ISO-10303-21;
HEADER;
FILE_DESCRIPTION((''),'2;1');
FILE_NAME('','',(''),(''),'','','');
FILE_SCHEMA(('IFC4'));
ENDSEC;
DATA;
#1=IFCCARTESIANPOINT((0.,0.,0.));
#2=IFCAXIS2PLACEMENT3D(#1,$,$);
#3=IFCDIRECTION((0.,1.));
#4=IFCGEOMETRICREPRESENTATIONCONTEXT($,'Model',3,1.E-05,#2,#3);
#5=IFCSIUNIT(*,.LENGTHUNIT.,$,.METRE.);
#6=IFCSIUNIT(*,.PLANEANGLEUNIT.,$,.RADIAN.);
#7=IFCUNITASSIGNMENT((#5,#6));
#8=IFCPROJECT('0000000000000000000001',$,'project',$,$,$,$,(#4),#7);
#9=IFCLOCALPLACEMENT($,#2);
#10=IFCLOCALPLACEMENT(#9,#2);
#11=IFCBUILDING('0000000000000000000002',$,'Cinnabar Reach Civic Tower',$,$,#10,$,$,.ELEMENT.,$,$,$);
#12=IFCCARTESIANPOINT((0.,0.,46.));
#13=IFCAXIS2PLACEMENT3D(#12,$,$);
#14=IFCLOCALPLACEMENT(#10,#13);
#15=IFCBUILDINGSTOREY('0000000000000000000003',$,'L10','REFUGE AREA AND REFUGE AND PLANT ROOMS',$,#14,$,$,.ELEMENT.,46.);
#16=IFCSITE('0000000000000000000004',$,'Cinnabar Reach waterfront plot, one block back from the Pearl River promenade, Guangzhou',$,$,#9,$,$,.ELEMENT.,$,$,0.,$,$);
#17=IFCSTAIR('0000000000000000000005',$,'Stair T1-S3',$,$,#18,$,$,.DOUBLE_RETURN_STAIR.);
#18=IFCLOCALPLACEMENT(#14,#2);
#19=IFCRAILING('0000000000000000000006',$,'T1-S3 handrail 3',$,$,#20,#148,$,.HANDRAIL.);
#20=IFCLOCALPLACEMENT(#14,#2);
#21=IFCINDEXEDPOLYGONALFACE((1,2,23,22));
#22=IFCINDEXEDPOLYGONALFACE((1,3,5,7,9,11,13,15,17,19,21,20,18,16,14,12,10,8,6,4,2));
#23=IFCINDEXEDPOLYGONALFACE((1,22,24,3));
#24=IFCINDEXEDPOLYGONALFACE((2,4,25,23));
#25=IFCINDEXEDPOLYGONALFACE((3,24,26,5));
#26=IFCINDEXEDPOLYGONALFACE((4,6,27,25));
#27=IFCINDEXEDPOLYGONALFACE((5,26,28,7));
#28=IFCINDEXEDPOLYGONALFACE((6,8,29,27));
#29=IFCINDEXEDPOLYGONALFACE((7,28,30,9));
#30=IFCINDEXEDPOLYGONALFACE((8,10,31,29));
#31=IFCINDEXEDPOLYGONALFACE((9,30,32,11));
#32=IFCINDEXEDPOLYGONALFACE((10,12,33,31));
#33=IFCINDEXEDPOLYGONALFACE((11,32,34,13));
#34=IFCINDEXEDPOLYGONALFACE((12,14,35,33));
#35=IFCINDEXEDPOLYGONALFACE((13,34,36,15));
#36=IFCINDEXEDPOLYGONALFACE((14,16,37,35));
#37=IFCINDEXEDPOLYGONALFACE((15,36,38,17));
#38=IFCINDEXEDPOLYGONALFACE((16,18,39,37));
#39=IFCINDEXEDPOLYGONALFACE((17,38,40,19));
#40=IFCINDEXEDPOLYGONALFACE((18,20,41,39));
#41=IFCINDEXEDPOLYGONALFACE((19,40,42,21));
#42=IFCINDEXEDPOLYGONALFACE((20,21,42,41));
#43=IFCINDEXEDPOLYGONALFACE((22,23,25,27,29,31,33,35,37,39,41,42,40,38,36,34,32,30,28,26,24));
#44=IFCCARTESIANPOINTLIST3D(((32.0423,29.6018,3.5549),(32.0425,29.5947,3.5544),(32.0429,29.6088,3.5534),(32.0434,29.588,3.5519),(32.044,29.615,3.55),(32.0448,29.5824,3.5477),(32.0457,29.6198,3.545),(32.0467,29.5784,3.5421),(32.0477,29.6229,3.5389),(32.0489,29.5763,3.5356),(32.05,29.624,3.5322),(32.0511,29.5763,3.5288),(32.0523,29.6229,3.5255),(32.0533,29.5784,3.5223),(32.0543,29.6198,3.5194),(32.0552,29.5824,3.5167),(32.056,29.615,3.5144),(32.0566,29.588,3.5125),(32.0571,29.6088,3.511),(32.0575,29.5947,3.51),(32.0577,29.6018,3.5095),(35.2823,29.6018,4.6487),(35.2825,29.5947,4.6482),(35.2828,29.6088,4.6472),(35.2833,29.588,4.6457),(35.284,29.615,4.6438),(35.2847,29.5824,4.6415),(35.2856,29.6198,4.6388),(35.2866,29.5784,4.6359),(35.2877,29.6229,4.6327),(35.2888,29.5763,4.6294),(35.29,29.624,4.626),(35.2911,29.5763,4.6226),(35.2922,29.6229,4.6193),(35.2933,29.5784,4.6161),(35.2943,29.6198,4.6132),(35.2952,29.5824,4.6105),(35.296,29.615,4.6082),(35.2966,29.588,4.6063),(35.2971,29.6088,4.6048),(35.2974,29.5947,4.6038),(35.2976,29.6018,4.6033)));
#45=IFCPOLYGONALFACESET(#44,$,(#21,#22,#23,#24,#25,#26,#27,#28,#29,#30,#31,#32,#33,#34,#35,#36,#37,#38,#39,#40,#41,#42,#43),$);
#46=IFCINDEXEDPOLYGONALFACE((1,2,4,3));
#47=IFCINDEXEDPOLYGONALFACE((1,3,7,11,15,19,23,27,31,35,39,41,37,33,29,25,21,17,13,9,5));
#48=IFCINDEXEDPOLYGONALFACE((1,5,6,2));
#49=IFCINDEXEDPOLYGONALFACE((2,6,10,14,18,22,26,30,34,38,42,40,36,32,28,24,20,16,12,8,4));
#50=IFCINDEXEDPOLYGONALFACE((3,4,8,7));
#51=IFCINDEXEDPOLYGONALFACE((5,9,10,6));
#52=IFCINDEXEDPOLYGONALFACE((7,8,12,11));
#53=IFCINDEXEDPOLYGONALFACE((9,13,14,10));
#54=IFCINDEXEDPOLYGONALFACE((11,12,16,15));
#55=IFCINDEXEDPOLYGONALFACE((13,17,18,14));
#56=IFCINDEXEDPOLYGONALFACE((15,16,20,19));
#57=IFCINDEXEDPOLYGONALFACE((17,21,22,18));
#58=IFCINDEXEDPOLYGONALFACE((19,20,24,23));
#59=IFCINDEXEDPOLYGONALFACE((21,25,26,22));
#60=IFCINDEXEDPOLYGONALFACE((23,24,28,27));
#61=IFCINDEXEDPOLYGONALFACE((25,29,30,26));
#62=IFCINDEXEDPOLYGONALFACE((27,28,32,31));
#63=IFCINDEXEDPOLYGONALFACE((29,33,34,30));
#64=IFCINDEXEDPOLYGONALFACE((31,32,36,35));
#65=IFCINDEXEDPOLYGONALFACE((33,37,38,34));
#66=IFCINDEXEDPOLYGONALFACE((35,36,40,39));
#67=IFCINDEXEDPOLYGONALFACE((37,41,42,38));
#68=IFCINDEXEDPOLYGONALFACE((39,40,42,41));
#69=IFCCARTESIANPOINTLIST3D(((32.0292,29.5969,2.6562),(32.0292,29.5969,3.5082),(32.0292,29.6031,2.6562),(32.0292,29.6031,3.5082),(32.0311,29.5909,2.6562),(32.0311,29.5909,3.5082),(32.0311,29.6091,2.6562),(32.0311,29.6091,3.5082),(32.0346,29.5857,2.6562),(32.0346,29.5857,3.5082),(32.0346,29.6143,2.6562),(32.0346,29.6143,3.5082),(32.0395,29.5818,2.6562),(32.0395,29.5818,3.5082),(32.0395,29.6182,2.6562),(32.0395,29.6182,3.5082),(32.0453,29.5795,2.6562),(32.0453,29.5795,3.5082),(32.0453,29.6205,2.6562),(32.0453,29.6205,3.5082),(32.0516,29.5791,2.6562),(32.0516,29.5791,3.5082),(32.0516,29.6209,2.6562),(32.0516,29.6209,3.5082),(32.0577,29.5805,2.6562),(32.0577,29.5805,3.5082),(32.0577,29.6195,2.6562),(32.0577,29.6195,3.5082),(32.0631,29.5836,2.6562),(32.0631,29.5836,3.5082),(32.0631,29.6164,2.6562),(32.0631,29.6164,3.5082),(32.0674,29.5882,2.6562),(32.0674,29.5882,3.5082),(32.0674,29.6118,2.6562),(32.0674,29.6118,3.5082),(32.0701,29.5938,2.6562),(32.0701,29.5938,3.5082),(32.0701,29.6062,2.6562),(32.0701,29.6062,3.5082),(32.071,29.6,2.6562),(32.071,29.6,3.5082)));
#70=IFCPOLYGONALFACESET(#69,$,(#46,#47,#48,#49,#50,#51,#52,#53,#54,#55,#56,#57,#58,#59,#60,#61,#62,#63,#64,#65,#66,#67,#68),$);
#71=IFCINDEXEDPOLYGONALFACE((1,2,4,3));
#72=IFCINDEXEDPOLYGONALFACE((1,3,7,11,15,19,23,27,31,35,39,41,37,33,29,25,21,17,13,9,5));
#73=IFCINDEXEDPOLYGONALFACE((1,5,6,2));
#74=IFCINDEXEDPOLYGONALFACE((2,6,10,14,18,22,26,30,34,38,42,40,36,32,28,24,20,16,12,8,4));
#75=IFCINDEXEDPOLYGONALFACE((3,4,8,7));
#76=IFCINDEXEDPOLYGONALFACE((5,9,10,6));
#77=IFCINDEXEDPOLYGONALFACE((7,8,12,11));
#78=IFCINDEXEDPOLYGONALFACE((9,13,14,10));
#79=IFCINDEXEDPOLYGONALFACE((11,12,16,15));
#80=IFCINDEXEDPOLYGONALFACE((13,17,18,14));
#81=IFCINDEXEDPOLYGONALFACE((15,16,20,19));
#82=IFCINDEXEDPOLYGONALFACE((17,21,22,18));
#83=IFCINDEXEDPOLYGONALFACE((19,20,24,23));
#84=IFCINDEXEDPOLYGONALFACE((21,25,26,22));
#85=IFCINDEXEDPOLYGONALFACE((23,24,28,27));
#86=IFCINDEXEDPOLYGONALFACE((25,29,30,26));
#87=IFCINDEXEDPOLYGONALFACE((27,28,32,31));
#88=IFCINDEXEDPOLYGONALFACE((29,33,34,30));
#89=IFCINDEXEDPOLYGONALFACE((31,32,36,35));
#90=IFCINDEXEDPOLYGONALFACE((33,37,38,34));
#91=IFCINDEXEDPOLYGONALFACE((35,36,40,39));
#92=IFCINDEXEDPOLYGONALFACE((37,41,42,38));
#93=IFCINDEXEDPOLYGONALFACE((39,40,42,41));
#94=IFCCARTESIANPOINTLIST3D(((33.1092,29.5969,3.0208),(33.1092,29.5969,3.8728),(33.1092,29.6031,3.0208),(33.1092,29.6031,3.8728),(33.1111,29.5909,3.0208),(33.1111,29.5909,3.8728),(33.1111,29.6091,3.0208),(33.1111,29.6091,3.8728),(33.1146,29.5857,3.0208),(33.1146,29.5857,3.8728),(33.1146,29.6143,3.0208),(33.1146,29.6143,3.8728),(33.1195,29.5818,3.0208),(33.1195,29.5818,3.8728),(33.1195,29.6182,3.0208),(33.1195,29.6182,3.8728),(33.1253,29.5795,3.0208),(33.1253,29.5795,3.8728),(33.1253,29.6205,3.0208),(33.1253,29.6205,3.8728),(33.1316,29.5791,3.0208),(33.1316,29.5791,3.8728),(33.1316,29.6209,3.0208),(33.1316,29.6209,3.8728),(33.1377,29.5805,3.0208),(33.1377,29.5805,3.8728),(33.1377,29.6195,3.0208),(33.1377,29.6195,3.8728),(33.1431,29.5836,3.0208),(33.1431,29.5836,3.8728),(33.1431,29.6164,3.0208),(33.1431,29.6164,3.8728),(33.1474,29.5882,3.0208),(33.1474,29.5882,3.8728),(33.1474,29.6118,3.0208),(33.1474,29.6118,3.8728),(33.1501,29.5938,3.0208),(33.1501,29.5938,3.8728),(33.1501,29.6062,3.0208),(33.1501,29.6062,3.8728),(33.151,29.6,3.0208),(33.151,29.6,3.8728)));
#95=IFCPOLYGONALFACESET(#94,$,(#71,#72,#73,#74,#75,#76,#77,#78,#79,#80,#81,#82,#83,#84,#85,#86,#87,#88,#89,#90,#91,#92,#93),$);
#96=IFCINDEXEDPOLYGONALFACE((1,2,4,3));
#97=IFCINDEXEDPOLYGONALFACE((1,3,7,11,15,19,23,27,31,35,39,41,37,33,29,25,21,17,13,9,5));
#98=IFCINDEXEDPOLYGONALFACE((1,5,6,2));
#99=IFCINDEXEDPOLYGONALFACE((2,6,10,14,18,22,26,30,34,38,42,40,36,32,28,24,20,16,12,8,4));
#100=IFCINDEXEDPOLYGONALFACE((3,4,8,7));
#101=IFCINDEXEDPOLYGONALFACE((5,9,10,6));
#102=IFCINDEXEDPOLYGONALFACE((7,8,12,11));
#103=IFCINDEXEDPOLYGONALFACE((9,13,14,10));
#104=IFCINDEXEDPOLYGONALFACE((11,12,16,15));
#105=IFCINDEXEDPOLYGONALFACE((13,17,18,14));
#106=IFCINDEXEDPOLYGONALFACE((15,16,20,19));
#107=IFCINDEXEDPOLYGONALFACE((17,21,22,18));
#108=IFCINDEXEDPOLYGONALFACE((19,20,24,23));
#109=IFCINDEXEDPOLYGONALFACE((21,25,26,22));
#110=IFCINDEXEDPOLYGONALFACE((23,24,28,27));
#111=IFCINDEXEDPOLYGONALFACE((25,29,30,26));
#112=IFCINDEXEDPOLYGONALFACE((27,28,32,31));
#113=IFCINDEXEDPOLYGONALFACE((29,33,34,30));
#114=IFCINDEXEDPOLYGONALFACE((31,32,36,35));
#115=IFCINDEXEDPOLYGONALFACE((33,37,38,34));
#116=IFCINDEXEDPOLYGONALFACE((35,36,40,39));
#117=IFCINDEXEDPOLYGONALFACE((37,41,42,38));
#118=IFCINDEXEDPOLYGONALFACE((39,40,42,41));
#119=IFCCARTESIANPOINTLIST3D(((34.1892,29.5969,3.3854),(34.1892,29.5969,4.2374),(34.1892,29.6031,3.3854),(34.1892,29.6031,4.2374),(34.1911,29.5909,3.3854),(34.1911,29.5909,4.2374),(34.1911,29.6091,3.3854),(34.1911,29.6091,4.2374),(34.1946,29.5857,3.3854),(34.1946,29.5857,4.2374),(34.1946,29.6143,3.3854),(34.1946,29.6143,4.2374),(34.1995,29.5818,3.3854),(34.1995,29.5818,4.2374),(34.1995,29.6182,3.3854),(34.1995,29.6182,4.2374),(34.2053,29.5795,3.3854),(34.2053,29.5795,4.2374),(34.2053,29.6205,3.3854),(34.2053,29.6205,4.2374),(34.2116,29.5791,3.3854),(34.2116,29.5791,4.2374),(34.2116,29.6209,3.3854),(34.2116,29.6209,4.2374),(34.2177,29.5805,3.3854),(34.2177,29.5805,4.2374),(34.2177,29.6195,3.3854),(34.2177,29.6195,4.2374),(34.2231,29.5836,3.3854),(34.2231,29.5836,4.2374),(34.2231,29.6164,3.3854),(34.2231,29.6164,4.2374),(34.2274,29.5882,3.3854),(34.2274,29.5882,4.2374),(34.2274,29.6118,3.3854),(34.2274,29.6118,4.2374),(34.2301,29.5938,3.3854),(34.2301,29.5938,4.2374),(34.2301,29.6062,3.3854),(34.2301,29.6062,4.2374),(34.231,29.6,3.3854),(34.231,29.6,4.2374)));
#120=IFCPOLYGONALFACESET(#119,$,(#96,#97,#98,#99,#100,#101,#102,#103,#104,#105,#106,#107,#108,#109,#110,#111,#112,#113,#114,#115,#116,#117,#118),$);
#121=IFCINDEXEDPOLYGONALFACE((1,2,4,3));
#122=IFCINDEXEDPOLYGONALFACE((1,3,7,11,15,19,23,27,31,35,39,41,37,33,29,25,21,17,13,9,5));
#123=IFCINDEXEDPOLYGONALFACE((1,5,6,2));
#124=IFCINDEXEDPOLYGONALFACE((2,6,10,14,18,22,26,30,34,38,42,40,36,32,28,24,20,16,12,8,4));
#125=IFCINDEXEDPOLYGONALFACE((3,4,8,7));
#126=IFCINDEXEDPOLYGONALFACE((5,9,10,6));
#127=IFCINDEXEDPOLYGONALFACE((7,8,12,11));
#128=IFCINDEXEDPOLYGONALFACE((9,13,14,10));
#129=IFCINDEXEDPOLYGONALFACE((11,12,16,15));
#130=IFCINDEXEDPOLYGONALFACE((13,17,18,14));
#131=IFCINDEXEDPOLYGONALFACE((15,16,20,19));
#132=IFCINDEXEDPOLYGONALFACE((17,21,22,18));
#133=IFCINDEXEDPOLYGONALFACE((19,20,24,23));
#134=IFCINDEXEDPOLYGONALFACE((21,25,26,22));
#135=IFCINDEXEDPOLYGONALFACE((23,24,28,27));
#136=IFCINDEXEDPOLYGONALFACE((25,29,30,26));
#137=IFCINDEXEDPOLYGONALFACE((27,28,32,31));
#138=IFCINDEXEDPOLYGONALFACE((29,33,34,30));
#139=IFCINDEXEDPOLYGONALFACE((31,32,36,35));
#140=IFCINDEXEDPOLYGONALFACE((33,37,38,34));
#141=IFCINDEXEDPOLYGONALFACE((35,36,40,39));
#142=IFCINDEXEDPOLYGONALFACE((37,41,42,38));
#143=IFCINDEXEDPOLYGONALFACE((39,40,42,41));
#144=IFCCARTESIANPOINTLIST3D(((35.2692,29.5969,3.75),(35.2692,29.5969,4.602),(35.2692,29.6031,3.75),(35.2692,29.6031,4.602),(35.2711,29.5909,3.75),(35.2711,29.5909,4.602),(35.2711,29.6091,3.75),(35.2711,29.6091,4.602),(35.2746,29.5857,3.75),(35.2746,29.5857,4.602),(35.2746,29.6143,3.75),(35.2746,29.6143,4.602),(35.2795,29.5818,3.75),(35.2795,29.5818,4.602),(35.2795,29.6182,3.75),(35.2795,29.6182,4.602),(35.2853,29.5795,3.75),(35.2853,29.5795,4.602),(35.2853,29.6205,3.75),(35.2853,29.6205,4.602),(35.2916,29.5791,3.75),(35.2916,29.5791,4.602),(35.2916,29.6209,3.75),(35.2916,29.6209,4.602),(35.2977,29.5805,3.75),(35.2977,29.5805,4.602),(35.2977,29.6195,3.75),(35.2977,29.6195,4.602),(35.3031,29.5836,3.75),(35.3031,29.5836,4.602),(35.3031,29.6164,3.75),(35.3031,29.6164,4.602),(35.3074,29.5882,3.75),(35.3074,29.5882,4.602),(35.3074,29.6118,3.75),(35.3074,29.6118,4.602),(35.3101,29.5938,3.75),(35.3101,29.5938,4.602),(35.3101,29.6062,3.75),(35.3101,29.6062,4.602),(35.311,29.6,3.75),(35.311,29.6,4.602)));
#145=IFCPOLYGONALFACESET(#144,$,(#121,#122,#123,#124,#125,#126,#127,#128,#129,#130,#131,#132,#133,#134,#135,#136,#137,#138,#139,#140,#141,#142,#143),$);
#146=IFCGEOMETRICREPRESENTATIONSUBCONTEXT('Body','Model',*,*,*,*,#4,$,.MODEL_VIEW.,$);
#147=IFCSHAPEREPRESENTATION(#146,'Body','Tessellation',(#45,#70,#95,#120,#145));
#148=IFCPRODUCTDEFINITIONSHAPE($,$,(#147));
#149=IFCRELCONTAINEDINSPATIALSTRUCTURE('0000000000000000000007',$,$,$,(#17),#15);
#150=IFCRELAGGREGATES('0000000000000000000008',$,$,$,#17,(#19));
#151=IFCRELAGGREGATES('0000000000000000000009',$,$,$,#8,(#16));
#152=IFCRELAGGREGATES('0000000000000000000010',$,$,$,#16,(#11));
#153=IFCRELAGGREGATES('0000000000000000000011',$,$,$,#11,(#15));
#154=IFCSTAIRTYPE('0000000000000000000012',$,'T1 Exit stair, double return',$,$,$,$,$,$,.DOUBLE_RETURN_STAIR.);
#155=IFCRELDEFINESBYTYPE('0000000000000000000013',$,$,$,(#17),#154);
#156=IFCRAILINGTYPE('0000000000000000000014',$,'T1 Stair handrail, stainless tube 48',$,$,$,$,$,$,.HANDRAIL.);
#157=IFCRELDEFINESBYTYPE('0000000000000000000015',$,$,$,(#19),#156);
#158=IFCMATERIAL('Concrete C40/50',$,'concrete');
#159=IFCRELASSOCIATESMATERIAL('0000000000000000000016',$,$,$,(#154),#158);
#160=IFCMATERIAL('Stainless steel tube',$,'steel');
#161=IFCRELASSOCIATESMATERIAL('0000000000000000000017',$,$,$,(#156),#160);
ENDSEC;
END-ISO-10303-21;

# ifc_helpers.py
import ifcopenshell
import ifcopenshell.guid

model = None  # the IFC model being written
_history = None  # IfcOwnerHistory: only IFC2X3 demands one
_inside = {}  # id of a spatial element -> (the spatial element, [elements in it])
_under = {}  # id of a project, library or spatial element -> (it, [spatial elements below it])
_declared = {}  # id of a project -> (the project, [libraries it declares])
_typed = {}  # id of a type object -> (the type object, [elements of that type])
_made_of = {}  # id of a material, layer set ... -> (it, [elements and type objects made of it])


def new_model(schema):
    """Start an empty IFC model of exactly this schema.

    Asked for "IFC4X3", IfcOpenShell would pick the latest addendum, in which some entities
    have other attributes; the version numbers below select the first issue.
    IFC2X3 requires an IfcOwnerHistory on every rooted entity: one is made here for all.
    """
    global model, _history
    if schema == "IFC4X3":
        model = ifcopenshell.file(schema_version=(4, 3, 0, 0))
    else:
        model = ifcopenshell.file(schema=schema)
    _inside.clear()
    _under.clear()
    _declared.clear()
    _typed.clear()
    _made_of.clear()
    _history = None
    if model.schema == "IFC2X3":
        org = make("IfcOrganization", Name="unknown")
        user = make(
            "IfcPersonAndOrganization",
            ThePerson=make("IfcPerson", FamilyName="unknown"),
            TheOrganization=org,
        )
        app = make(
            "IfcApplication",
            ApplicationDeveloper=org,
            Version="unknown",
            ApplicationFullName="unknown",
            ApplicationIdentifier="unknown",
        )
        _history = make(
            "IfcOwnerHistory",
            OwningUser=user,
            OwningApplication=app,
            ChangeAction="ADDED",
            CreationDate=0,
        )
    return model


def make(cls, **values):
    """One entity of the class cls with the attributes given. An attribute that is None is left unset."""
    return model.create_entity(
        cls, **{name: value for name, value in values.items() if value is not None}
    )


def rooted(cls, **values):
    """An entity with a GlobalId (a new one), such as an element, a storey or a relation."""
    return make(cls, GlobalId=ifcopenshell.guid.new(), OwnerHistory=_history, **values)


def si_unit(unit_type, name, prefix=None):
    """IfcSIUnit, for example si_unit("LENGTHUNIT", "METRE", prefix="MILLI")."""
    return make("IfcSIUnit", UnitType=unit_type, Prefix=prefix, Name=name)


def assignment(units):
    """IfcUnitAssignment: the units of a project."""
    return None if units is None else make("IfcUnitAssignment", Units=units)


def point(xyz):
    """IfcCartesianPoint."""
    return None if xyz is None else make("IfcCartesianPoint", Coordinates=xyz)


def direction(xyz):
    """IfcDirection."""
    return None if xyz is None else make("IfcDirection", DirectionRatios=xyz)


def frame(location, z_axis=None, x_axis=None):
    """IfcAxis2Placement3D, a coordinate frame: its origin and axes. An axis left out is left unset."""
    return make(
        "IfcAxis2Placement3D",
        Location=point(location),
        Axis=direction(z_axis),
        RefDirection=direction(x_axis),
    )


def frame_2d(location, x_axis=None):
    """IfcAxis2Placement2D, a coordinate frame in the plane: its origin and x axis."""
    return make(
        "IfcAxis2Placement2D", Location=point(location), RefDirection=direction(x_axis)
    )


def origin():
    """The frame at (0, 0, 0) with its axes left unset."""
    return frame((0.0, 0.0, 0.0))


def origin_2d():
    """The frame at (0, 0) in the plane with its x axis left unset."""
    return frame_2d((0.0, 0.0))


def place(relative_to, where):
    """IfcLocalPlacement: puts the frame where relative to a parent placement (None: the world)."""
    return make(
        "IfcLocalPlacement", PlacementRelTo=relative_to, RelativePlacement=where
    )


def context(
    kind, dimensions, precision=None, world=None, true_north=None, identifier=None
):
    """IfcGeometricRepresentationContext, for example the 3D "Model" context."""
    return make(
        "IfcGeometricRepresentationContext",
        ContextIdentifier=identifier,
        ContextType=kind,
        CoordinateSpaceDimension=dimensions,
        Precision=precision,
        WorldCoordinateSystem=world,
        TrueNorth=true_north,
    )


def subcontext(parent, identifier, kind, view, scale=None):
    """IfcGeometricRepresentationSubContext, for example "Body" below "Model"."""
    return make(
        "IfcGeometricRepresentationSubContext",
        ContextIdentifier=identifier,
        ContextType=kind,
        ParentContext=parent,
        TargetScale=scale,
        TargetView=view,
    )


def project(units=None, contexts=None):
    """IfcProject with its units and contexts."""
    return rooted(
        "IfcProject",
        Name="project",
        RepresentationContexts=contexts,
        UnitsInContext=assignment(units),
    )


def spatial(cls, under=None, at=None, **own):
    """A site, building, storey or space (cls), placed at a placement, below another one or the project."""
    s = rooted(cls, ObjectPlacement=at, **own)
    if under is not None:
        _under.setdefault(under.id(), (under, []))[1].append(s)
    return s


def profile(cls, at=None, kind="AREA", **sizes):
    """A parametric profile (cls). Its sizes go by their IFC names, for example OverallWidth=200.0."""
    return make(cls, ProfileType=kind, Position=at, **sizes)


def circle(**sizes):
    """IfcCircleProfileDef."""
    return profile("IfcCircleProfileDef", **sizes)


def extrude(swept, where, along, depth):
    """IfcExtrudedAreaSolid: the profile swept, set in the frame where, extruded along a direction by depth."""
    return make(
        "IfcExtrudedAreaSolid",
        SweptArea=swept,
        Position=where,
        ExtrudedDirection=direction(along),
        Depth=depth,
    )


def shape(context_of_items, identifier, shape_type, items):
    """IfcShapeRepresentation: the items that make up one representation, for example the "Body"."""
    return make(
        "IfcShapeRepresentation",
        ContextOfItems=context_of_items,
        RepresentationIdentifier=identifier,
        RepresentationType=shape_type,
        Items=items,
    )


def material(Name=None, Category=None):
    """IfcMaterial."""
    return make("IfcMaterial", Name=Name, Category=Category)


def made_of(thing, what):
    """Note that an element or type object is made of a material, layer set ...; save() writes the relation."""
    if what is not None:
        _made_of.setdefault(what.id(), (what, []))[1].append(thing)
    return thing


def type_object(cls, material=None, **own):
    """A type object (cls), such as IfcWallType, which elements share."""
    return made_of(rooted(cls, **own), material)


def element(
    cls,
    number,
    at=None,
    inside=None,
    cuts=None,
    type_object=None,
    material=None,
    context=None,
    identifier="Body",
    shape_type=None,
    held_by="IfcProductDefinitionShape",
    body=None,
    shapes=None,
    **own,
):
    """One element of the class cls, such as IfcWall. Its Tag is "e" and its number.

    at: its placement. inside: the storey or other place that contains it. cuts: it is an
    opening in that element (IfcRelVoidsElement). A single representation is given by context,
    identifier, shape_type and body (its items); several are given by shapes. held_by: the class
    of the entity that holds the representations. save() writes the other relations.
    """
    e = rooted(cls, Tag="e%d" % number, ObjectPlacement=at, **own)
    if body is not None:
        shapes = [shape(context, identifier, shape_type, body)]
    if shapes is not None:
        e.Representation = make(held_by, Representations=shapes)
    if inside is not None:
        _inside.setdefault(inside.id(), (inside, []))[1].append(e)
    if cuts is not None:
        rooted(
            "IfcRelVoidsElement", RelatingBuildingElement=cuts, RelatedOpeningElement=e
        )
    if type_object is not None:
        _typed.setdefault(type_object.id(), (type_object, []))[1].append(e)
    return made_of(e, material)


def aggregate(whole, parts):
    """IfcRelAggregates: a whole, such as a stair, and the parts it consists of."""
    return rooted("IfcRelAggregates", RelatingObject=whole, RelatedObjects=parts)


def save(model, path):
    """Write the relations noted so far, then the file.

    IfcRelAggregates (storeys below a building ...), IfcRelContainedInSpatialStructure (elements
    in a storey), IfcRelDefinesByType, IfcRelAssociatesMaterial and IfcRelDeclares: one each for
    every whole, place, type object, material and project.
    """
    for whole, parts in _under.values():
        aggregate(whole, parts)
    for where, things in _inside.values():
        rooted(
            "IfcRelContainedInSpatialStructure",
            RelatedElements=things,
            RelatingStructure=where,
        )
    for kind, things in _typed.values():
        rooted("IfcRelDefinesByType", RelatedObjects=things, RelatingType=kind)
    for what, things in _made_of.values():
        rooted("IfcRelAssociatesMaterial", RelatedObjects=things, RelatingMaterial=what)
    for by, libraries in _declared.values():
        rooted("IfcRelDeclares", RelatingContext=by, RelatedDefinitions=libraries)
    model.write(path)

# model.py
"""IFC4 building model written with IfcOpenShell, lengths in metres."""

from ifc_helpers import new_model, si_unit, direction, frame, origin, origin_2d, place, context, subcontext, project, spatial, circle, extrude, material, type_object, element, aggregate, save


model = new_model("IFC4")

# Units and contexts
model_context = context("Model", 3, precision=1e-05, world=origin(), true_north=direction((0.0, 1.0)))
body_context = subcontext(model_context, "Body", "Model", "MODEL_VIEW")
ifc_project = project(units=[si_unit("LENGTHUNIT", "METRE"), si_unit("PLANEANGLEUNIT", "RADIAN")], contexts=[model_context])

# Site, building, storey
site_placement = place(None, origin())
site = spatial("IfcSite", under=ifc_project, at=site_placement, Name="Cinnabar Reach waterfront plot, one block back from the Pearl River promenade, Guangzhou", CompositionType="ELEMENT", RefElevation=0.0)
building_placement = place(site_placement, origin())
building = spatial("IfcBuilding", under=site, at=building_placement, Name="Cinnabar Reach Civic Tower", CompositionType="ELEMENT")
storey_placement = place(building_placement, frame((0.0, 0.0, 46.0)))
storey = spatial("IfcBuildingStorey", under=building, at=storey_placement, Name="L10", Description="REFUGE AREA AND REFUGE AND PLANT ROOMS", CompositionType="ELEMENT", Elevation=46.0)

# Stair, railing
ifc_material_1 = material(Name="Concrete C40/50", Category="concrete")
stair_type = type_object("IfcStairType", Name="T1 Exit stair, double return", PredefinedType="DOUBLE_RETURN_STAIR", material=ifc_material_1)
stair_placement = place(storey_placement, origin())
stair = element("IfcStair", 1, at=stair_placement, inside=storey, type_object=stair_type, Name="Stair T1-S3", PredefinedType="DOUBLE_RETURN_STAIR")
ifc_material_2 = material(Name="Stainless steel tube", Category="steel")
railing_type = type_object("IfcRailingType", Name="T1 Stair handrail, stainless tube 48", PredefinedType="HANDRAIL", material=ifc_material_2)
railing_1_placement = place(storey_placement, frame((32.05, 29.6, 2.6562)))
railing_1 = element("IfcRailing", 2, at=railing_1_placement, type_object=railing_type, Name="T1-S3 handrail 3", PredefinedType="HANDRAIL", context=body_context, shape_type="SweptSolid", body=[
    extrude(circle(Radius=0.024, at=origin_2d()), frame((0.0, 0.0, 0.876), z_axis=(0.947466, 0.0, 0.319857), x_axis=(0.0, 1.0, 0.0)), (0.0, 0.0, 1.0), 3.4196),
    extrude(circle(Radius=0.021, at=origin_2d()), origin(), (0.0, 0.0, 1.0), 0.852),
    extrude(circle(Radius=0.021, at=origin_2d()), frame((1.08, 0.0, 0.3646)), (0.0, 0.0, 1.0), 0.852),
    extrude(circle(Radius=0.021, at=origin_2d()), frame((2.16, 0.0, 0.7292)), (0.0, 0.0, 1.0), 0.852),
    extrude(circle(Radius=0.021, at=origin_2d()), frame((3.24, 0.0, 1.0938)), (0.0, 0.0, 1.0), 0.852),
])
aggregate(stair, [railing_1])

save(model, "model.ifc")
